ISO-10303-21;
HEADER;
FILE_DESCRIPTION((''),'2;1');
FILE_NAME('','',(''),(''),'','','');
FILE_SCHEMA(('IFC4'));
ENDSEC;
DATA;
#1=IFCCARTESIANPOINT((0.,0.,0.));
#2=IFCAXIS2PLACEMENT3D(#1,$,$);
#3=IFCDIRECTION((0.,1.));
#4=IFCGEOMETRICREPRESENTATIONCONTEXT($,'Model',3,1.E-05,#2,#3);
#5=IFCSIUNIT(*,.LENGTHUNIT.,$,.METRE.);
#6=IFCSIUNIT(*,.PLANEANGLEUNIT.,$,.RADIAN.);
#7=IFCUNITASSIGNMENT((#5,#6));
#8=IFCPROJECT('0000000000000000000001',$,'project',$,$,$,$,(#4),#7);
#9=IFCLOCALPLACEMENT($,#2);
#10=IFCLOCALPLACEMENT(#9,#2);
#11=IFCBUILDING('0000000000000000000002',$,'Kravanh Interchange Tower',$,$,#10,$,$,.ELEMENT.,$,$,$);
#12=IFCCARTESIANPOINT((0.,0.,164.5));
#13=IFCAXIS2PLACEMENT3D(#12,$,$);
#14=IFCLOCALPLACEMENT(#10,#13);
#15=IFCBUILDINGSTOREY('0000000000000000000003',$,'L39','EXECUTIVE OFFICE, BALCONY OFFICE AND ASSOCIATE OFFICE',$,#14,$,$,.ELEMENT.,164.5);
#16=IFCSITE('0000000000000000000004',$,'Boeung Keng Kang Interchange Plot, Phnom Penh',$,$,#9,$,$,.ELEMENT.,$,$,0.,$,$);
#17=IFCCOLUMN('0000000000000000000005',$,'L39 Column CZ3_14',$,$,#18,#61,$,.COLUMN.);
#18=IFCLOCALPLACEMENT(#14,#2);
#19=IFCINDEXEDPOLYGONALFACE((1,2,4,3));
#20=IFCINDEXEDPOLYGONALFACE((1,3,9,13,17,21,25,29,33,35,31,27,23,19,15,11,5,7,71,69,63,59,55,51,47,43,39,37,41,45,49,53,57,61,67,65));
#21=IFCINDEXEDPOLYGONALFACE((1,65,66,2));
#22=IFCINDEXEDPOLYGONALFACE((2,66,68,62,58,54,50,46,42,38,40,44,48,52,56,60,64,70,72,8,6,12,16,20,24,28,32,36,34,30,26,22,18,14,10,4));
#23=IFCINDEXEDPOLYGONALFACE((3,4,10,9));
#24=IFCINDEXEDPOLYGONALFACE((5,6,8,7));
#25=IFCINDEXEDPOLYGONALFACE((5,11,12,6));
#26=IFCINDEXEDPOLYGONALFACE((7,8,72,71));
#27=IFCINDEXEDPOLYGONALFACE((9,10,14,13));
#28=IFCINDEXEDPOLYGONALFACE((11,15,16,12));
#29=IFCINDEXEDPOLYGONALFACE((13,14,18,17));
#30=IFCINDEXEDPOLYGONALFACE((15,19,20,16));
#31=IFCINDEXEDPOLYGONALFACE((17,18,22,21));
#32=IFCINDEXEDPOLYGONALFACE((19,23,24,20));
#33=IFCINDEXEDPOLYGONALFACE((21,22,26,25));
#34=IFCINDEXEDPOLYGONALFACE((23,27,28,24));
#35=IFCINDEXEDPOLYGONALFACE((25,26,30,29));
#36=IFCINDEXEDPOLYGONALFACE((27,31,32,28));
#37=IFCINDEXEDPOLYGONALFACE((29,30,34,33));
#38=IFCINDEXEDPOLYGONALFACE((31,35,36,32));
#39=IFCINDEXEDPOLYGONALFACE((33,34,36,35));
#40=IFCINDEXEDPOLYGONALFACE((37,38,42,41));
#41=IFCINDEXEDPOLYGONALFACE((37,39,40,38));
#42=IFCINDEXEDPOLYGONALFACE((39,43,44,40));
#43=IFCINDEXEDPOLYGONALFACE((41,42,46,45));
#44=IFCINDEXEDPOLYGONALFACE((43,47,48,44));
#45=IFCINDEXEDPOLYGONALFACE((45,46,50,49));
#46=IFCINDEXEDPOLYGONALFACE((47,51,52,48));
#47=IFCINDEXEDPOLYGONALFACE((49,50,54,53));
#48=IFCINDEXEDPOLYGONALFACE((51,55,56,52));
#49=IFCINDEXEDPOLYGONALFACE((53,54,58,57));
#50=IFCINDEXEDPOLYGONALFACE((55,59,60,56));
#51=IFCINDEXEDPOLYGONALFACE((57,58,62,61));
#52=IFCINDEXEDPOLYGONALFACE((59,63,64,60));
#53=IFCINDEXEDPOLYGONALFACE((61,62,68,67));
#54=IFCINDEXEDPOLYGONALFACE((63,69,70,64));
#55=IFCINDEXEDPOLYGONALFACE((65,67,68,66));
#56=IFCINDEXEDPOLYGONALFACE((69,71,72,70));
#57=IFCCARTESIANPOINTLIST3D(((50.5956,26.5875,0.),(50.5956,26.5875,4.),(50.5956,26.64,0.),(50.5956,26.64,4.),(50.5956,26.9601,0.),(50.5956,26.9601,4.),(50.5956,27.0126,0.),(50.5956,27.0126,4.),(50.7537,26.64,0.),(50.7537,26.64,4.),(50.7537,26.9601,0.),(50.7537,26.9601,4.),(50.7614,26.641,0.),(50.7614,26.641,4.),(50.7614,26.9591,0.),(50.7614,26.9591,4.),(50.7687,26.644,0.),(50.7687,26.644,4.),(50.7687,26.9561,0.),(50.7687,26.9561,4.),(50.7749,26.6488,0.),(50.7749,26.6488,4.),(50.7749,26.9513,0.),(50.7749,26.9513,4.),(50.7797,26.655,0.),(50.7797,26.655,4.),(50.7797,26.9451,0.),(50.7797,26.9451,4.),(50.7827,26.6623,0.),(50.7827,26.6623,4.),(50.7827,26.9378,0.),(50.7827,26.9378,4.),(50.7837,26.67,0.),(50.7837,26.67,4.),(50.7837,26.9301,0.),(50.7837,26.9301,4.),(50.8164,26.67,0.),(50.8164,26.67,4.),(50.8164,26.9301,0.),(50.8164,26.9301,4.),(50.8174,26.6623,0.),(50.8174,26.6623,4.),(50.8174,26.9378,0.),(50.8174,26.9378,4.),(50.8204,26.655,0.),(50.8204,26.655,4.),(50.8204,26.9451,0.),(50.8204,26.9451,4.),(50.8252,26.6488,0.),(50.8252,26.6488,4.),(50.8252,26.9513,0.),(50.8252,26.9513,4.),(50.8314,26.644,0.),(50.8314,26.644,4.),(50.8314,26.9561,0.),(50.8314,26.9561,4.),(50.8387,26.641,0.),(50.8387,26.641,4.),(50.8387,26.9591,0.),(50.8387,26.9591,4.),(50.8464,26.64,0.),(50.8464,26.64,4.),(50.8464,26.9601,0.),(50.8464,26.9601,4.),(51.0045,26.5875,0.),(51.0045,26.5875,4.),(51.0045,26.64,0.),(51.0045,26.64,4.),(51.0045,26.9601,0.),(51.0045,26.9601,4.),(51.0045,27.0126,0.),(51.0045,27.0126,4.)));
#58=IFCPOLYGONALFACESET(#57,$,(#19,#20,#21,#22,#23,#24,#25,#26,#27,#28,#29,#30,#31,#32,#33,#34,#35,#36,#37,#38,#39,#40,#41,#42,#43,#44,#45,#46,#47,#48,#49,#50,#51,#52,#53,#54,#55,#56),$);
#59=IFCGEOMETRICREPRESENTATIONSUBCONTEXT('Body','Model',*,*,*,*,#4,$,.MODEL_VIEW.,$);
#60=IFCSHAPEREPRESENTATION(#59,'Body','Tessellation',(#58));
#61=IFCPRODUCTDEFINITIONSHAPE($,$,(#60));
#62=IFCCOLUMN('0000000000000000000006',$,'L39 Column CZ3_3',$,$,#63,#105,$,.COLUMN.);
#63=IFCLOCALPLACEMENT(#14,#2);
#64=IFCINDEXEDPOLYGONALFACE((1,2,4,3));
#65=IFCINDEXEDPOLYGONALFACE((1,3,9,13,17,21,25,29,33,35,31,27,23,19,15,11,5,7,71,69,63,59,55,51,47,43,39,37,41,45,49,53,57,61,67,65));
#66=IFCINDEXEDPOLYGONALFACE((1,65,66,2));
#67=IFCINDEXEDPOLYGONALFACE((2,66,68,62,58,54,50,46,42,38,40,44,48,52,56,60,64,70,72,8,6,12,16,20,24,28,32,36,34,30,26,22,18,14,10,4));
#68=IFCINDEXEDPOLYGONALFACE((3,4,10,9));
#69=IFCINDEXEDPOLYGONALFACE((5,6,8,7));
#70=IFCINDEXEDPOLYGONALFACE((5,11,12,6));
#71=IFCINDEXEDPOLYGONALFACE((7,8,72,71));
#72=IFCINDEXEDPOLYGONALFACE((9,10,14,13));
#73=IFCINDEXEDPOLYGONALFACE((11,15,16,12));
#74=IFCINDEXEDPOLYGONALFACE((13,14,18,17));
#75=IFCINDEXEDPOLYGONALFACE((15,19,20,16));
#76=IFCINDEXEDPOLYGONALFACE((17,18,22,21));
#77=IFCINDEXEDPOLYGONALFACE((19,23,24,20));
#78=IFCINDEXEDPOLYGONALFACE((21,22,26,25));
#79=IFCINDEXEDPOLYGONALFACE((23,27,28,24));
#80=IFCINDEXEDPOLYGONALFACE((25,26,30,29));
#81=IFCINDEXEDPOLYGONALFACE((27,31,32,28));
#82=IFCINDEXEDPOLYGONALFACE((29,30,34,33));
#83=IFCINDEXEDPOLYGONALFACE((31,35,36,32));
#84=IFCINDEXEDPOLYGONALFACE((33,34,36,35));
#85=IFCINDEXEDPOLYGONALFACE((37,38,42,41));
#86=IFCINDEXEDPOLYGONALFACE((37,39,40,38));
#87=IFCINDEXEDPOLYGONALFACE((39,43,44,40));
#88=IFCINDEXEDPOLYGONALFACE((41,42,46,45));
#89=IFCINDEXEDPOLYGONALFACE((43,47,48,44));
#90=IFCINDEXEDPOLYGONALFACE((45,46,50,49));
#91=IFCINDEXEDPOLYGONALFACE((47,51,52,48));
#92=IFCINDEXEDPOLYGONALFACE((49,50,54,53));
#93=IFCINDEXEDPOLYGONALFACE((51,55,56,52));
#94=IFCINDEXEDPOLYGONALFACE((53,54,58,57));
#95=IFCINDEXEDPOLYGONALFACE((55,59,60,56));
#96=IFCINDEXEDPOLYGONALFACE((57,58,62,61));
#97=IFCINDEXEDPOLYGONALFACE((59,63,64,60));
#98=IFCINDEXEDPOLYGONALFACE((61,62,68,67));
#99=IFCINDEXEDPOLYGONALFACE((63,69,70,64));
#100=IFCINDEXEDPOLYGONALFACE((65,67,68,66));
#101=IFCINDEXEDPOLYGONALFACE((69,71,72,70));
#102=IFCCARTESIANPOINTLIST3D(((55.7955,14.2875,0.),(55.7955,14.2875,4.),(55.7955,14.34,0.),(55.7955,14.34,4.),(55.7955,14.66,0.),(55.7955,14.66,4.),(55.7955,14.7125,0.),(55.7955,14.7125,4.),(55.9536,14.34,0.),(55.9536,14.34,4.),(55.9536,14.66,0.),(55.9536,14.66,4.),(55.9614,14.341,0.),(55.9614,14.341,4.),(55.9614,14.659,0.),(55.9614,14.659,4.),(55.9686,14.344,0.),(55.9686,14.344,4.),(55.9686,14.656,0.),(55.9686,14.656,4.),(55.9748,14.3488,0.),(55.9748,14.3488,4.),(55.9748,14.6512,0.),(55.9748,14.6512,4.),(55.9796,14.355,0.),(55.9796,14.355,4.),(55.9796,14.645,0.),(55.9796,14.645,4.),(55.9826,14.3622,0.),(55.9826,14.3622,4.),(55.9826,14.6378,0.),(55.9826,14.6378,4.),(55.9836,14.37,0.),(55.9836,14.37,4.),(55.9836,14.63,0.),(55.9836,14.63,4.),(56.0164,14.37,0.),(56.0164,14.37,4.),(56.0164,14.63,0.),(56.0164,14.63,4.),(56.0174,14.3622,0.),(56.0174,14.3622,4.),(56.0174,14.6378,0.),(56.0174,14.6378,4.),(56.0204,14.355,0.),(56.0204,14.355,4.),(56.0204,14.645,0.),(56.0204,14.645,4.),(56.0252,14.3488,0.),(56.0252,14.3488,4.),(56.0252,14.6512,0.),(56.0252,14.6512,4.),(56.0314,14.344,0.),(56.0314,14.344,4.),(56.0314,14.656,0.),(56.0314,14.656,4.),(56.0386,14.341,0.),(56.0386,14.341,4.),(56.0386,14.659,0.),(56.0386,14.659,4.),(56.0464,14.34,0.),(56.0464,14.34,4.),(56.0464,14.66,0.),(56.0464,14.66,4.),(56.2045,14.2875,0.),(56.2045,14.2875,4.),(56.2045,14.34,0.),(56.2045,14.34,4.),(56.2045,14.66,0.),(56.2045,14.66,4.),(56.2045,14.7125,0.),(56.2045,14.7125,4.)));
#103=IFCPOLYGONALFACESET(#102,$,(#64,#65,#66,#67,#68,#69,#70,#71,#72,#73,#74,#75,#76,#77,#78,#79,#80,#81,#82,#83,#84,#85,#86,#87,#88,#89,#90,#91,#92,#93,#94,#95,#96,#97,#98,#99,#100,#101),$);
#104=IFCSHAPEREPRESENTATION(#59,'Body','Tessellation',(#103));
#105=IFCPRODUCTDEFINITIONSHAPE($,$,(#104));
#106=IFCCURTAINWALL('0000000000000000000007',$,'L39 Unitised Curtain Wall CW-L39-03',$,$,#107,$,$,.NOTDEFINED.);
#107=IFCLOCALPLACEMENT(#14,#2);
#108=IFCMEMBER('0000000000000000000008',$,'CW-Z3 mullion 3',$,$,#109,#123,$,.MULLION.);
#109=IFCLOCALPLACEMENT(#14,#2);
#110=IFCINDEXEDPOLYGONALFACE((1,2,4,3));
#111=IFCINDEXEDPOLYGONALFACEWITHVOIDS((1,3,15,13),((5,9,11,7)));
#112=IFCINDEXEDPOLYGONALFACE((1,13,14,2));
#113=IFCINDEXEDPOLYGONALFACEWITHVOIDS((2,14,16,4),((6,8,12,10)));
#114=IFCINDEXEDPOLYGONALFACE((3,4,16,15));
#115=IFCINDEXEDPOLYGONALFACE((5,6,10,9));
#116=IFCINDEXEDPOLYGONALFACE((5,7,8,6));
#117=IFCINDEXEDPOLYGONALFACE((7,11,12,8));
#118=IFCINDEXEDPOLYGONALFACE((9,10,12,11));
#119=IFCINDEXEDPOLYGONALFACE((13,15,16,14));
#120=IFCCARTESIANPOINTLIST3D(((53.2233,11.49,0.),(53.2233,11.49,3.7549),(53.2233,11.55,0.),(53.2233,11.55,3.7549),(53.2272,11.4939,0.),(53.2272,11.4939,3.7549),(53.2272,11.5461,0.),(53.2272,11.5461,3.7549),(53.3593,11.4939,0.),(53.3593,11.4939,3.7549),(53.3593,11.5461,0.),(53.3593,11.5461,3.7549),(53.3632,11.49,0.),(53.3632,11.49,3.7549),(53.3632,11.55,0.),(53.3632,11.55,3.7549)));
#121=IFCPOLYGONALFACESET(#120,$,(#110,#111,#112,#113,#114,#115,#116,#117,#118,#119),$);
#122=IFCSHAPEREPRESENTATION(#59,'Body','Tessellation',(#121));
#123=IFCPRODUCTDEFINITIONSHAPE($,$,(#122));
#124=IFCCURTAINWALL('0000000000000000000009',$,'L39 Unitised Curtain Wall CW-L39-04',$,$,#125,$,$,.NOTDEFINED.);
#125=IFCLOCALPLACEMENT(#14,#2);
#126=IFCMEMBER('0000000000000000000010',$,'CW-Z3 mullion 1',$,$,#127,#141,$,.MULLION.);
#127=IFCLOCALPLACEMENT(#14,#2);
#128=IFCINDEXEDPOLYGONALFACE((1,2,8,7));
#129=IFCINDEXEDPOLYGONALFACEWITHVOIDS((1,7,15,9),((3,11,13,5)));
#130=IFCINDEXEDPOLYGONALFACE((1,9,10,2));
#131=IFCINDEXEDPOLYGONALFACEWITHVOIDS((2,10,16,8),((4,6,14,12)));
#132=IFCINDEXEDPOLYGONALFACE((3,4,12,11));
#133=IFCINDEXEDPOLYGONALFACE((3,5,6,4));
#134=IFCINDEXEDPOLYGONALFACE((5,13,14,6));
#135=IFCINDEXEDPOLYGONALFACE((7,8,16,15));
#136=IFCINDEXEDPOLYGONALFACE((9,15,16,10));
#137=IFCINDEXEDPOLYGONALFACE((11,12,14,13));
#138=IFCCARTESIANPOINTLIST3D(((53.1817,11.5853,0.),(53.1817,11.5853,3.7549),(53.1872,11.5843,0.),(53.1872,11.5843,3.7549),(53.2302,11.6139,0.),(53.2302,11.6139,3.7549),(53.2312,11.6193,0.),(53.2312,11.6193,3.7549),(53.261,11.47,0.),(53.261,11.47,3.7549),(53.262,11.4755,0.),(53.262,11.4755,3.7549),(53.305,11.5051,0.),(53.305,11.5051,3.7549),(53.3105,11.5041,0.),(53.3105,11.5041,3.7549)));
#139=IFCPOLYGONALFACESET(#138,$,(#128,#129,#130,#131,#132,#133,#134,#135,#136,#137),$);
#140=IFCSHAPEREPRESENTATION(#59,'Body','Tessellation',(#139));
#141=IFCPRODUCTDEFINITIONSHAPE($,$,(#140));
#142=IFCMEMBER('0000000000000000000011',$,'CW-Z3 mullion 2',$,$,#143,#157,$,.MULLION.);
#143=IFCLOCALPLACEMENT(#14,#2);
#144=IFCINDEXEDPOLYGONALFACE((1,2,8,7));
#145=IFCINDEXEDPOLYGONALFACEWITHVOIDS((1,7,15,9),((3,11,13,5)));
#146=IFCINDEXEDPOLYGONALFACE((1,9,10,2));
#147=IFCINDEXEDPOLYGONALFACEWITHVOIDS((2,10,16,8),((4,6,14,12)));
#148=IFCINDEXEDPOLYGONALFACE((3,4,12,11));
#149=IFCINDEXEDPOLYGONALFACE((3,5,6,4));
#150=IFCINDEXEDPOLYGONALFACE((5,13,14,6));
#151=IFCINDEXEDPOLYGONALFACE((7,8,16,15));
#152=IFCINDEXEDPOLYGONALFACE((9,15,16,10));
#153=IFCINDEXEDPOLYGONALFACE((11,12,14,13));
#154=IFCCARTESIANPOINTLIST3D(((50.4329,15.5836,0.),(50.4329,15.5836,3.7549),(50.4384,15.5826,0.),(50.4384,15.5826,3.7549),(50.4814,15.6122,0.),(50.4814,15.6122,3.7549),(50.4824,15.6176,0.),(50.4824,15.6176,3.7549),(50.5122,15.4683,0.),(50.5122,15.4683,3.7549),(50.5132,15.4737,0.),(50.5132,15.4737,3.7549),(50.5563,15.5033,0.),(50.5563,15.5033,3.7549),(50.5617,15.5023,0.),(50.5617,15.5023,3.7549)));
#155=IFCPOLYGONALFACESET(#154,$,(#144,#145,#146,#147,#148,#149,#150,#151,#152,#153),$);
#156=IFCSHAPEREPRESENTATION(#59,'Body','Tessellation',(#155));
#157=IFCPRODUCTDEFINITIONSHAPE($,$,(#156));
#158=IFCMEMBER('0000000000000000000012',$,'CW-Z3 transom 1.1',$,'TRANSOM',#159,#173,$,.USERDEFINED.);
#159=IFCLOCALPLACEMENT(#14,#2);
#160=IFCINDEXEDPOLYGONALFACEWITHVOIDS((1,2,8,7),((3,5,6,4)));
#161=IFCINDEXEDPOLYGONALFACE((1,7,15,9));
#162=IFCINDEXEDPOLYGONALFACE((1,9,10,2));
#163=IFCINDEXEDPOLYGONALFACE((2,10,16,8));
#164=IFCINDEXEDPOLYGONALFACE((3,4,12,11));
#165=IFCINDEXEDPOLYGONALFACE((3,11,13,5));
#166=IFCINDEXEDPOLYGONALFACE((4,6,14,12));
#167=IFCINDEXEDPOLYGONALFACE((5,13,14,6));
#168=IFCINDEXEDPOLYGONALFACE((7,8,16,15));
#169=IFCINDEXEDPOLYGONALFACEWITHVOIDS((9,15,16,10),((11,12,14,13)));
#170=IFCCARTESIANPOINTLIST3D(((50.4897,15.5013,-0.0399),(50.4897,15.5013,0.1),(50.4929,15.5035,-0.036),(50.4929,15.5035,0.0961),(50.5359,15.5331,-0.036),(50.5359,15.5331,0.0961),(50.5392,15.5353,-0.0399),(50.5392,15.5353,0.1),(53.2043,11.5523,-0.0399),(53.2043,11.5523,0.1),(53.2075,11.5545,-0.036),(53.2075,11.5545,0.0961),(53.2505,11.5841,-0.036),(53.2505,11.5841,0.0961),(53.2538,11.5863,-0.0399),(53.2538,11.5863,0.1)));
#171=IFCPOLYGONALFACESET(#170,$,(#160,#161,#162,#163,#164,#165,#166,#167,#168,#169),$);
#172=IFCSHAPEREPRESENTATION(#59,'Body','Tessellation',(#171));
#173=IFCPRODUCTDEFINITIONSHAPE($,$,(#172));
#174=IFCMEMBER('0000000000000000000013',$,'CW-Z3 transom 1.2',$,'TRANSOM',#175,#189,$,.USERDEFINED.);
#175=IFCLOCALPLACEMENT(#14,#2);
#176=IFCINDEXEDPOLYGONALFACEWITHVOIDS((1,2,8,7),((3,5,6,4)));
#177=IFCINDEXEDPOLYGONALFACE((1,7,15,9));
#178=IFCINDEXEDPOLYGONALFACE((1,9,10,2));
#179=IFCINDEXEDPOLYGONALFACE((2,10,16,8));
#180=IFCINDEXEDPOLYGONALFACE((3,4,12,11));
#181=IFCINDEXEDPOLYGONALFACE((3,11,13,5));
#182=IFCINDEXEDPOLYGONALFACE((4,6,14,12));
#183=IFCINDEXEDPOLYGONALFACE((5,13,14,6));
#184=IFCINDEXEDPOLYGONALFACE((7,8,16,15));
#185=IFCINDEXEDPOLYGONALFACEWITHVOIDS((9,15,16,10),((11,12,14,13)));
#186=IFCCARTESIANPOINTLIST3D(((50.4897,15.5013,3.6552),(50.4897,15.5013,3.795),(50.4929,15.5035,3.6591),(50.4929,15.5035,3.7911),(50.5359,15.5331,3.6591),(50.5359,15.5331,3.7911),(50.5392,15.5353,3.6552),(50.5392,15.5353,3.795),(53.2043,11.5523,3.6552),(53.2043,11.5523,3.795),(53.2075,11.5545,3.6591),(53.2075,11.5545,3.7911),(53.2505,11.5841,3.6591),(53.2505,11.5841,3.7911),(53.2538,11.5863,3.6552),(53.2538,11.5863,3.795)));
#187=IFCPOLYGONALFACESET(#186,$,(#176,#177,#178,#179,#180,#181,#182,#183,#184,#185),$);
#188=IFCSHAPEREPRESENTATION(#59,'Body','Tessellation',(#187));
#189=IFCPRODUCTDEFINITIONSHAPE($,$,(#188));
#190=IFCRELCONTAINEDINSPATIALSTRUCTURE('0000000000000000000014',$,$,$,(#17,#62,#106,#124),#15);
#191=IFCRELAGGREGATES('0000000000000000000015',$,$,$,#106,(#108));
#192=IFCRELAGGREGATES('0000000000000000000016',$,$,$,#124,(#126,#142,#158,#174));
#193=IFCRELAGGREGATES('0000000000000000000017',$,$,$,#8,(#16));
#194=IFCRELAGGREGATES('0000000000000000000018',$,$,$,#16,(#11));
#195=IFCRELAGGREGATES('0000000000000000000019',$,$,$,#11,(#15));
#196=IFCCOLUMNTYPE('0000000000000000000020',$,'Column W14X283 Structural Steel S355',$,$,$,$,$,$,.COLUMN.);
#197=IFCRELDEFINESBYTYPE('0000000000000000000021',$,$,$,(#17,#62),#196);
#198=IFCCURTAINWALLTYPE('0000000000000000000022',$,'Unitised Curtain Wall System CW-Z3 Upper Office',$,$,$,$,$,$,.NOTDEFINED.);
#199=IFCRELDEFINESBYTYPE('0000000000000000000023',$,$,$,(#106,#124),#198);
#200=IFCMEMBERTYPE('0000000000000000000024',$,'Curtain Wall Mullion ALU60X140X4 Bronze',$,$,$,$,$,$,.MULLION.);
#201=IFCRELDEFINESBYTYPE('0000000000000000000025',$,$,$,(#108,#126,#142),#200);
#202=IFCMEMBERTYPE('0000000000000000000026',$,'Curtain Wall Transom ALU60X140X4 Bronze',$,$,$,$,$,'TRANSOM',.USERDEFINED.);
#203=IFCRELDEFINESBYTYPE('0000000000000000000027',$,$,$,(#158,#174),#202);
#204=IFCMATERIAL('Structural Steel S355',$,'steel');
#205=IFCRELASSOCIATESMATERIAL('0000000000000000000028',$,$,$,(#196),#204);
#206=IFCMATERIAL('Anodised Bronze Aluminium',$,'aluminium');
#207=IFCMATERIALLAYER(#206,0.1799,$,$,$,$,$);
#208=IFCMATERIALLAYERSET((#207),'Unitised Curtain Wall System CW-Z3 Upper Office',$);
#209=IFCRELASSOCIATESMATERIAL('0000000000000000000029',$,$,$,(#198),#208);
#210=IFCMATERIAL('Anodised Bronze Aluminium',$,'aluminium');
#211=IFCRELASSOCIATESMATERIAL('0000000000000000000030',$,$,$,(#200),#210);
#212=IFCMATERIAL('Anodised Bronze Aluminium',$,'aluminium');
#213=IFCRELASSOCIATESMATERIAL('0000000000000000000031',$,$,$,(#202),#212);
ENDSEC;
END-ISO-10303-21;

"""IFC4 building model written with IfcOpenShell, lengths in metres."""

from ifc_helpers import new_model, si_unit, direction, frame, origin, origin_2d, place, context, subcontext, project, spatial, hollow_rectangle, i_section, extrude, material, layer, layer_set, material_profile, profile_set, type_object, element, aggregate, save


model = new_model("IFC4")

# Units and contexts
model_context = context("Model", 3, precision=1e-05, world=origin(), true_north=direction((0.0, 1.0)))
body_context = subcontext(model_context, "Body", "Model", "MODEL_VIEW")
ifc_project = project(units=[si_unit("LENGTHUNIT", "METRE"), si_unit("PLANEANGLEUNIT", "RADIAN")], contexts=[model_context])

# Site, building, storey
site_placement = place(None, origin())
site = spatial("IfcSite", under=ifc_project, at=site_placement, Name="Boeung Keng Kang Interchange Plot, Phnom Penh", CompositionType="ELEMENT", RefElevation=0.0)
building_placement = place(site_placement, origin())
building = spatial("IfcBuilding", under=site, at=building_placement, Name="Kravanh Interchange Tower", CompositionType="ELEMENT")
storey_placement = place(building_placement, frame((0.0, 0.0, 164.5)))
storey = spatial("IfcBuildingStorey", under=building, at=storey_placement, Name="L39", Description="EXECUTIVE OFFICE, BALCONY OFFICE AND ASSOCIATE OFFICE", CompositionType="ELEMENT", Elevation=164.5)

# Columns
ifc_material_1 = material(Name="Structural Steel S355", Category="steel")
ifc_material_profile_1 = material_profile(ifc_material_1, i_section(OverallWidth=0.4089, OverallDepth=0.425, WebThickness=0.0327, FlangeThickness=0.0525, FilletRadius=0.03, at=origin_2d()), Name="W14X283")
ifc_profile_set_1 = profile_set([ifc_material_profile_1], Name="Structural Steel S355")
column_type = type_object("IfcColumnType", Name="Column W14X283 Structural Steel S355", PredefinedType="COLUMN", material=ifc_profile_set_1)
for number, where, z_axis, x_axis, name in (
    (1, (50.8, 26.8, 0.0), (0.0, 0.0, 1.0), (1.0, 0.0, 0.0), "L39 Column CZ3_14"),
    (2, (56.0, 14.5, 0.0), (0.0, 0.0, 1.0), (1.0, 0.0, 0.0), "L39 Column CZ3_3"),
):
    element("IfcColumn", number, at=place(storey_placement, frame(where, z_axis=z_axis, x_axis=x_axis)), inside=storey, type_object=column_type, Name=name, PredefinedType="COLUMN", context=body_context, shape_type="SweptSolid", body=[
        extrude(i_section(OverallWidth=0.4089, OverallDepth=0.425, WebThickness=0.0327, FlangeThickness=0.0525, FilletRadius=0.03, at=origin_2d()), origin(), (0.0, 0.0, 1.0), 4.0),
    ])

# Curtain wall, member
ifc_material_2 = material(Name="Anodised Bronze Aluminium", Category="aluminium")
ifc_layer_1 = layer(ifc_material_2, 0.1799)
ifc_layer_set_1 = layer_set([ifc_layer_1], Name="Unitised Curtain Wall System CW-Z3 Upper Office")
curtain_wall_type = type_object("IfcCurtainWallType", Name="Unitised Curtain Wall System CW-Z3 Upper Office", PredefinedType="NOTDEFINED", material=ifc_layer_set_1)
curtain_wall_1_placement = place(storey_placement, origin())
curtain_wall_1 = element("IfcCurtainWall", 3, at=curtain_wall_1_placement, inside=storey, type_object=curtain_wall_type, Name="L39 Unitised Curtain Wall CW-L39-03", PredefinedType="NOTDEFINED")
ifc_material_3 = material(Name="Anodised Bronze Aluminium", Category="aluminium")
ifc_material_profile_2 = material_profile(ifc_material_3, hollow_rectangle(XDim=0.0601, YDim=0.1399, WallThickness=0.0039, at=origin_2d()), Name="ALU60X140X4")
ifc_profile_set_2 = profile_set([ifc_material_profile_2], Name="Anodised Bronze Aluminium")
member_type_1 = type_object("IfcMemberType", Name="Curtain Wall Mullion ALU60X140X4 Bronze", PredefinedType="MULLION", material=ifc_profile_set_2)
member_1_placement = place(storey_placement, frame((53.2932, 11.52, 0.0), z_axis=(0.0, 0.0, 1.0), x_axis=(0.0, -1.0, 0.0)))
member_1 = element("IfcMember", 4, at=member_1_placement, type_object=member_type_1, Name="CW-Z3 mullion 3", PredefinedType="MULLION", context=body_context, shape_type="SweptSolid", body=[
    extrude(hollow_rectangle(XDim=0.0601, YDim=0.1399, WallThickness=0.0039, at=origin_2d()), origin(), (0.0, 0.0, 1.0), 3.7549),
])

# Curtain wall, members
curtain_wall_2_placement = place(storey_placement, origin())
curtain_wall_2 = element("IfcCurtainWall", 5, at=curtain_wall_2_placement, inside=storey, type_object=curtain_wall_type, Name="L39 Unitised Curtain Wall CW-L39-04", PredefinedType="NOTDEFINED")
member_2_placement = place(storey_placement, frame((53.2461, 11.5447, 0.0), z_axis=(0.0, 0.0, 1.0), x_axis=(-0.824042, -0.566528, 0.0)))
member_2 = element("IfcMember", 6, at=member_2_placement, type_object=member_type_1, Name="CW-Z3 mullion 1", PredefinedType="MULLION", context=body_context, shape_type="SweptSolid", body=[
    extrude(hollow_rectangle(XDim=0.0601, YDim=0.1399, WallThickness=0.0039, at=origin_2d()), origin(), (0.0, 0.0, 1.0), 3.7549),
])
member_3_placement = place(storey_placement, frame((50.4973, 15.543, 0.0), z_axis=(0.0, 0.0, 1.0), x_axis=(-0.824042, -0.566528, 0.0)))
member_3 = element("IfcMember", 7, at=member_3_placement, type_object=member_type_1, Name="CW-Z3 mullion 2", PredefinedType="MULLION", context=body_context, shape_type="SweptSolid", body=[
    extrude(hollow_rectangle(XDim=0.0601, YDim=0.1399, WallThickness=0.0039, at=origin_2d()), origin(), (0.0, 0.0, 1.0), 3.7549),
])
ifc_material_4 = material(Name="Anodised Bronze Aluminium", Category="aluminium")
ifc_material_profile_3 = material_profile(ifc_material_4, hollow_rectangle(XDim=0.0601, YDim=0.1399, WallThickness=0.0039, at=origin_2d()), Name="ALU60X140X4")
ifc_profile_set_3 = profile_set([ifc_material_profile_3], Name="Anodised Bronze Aluminium")
member_type_2 = type_object("IfcMemberType", Name="Curtain Wall Transom ALU60X140X4 Bronze", ElementType="TRANSOM", PredefinedType="USERDEFINED", material=ifc_profile_set_3)
member_4_placement = place(storey_placement, frame((53.229, 11.5693, 0.03), z_axis=(-0.566483, 0.824073, 0.0), x_axis=(-0.824073, -0.566483, 0.0)))
member_4 = element("IfcMember", 8, at=member_4_placement, type_object=member_type_2, Name="CW-Z3 transom 1.1", ObjectType="TRANSOM", PredefinedType="USERDEFINED", context=body_context, shape_type="SweptSolid", body=[
    extrude(hollow_rectangle(XDim=0.0601, YDim=0.1399, WallThickness=0.0039, at=origin_2d()), origin(), (0.0, 0.0, 1.0), 4.792),
])
member_5_placement = place(storey_placement, frame((53.229, 11.5693, 3.7251), z_axis=(-0.566483, 0.824073, 0.0), x_axis=(-0.824073, -0.566483, 0.0)))
member_5 = element("IfcMember", 9, at=member_5_placement, type_object=member_type_2, Name="CW-Z3 transom 1.2", ObjectType="TRANSOM", PredefinedType="USERDEFINED", context=body_context, shape_type="SweptSolid", body=[
    extrude(hollow_rectangle(XDim=0.0601, YDim=0.1399, WallThickness=0.0039, at=origin_2d()), origin(), (0.0, 0.0, 1.0), 4.792),
])

aggregate(curtain_wall_1, [member_1])
aggregate(curtain_wall_2, [member_2, member_3, member_4, member_5])

save(model, "model.ifc")
